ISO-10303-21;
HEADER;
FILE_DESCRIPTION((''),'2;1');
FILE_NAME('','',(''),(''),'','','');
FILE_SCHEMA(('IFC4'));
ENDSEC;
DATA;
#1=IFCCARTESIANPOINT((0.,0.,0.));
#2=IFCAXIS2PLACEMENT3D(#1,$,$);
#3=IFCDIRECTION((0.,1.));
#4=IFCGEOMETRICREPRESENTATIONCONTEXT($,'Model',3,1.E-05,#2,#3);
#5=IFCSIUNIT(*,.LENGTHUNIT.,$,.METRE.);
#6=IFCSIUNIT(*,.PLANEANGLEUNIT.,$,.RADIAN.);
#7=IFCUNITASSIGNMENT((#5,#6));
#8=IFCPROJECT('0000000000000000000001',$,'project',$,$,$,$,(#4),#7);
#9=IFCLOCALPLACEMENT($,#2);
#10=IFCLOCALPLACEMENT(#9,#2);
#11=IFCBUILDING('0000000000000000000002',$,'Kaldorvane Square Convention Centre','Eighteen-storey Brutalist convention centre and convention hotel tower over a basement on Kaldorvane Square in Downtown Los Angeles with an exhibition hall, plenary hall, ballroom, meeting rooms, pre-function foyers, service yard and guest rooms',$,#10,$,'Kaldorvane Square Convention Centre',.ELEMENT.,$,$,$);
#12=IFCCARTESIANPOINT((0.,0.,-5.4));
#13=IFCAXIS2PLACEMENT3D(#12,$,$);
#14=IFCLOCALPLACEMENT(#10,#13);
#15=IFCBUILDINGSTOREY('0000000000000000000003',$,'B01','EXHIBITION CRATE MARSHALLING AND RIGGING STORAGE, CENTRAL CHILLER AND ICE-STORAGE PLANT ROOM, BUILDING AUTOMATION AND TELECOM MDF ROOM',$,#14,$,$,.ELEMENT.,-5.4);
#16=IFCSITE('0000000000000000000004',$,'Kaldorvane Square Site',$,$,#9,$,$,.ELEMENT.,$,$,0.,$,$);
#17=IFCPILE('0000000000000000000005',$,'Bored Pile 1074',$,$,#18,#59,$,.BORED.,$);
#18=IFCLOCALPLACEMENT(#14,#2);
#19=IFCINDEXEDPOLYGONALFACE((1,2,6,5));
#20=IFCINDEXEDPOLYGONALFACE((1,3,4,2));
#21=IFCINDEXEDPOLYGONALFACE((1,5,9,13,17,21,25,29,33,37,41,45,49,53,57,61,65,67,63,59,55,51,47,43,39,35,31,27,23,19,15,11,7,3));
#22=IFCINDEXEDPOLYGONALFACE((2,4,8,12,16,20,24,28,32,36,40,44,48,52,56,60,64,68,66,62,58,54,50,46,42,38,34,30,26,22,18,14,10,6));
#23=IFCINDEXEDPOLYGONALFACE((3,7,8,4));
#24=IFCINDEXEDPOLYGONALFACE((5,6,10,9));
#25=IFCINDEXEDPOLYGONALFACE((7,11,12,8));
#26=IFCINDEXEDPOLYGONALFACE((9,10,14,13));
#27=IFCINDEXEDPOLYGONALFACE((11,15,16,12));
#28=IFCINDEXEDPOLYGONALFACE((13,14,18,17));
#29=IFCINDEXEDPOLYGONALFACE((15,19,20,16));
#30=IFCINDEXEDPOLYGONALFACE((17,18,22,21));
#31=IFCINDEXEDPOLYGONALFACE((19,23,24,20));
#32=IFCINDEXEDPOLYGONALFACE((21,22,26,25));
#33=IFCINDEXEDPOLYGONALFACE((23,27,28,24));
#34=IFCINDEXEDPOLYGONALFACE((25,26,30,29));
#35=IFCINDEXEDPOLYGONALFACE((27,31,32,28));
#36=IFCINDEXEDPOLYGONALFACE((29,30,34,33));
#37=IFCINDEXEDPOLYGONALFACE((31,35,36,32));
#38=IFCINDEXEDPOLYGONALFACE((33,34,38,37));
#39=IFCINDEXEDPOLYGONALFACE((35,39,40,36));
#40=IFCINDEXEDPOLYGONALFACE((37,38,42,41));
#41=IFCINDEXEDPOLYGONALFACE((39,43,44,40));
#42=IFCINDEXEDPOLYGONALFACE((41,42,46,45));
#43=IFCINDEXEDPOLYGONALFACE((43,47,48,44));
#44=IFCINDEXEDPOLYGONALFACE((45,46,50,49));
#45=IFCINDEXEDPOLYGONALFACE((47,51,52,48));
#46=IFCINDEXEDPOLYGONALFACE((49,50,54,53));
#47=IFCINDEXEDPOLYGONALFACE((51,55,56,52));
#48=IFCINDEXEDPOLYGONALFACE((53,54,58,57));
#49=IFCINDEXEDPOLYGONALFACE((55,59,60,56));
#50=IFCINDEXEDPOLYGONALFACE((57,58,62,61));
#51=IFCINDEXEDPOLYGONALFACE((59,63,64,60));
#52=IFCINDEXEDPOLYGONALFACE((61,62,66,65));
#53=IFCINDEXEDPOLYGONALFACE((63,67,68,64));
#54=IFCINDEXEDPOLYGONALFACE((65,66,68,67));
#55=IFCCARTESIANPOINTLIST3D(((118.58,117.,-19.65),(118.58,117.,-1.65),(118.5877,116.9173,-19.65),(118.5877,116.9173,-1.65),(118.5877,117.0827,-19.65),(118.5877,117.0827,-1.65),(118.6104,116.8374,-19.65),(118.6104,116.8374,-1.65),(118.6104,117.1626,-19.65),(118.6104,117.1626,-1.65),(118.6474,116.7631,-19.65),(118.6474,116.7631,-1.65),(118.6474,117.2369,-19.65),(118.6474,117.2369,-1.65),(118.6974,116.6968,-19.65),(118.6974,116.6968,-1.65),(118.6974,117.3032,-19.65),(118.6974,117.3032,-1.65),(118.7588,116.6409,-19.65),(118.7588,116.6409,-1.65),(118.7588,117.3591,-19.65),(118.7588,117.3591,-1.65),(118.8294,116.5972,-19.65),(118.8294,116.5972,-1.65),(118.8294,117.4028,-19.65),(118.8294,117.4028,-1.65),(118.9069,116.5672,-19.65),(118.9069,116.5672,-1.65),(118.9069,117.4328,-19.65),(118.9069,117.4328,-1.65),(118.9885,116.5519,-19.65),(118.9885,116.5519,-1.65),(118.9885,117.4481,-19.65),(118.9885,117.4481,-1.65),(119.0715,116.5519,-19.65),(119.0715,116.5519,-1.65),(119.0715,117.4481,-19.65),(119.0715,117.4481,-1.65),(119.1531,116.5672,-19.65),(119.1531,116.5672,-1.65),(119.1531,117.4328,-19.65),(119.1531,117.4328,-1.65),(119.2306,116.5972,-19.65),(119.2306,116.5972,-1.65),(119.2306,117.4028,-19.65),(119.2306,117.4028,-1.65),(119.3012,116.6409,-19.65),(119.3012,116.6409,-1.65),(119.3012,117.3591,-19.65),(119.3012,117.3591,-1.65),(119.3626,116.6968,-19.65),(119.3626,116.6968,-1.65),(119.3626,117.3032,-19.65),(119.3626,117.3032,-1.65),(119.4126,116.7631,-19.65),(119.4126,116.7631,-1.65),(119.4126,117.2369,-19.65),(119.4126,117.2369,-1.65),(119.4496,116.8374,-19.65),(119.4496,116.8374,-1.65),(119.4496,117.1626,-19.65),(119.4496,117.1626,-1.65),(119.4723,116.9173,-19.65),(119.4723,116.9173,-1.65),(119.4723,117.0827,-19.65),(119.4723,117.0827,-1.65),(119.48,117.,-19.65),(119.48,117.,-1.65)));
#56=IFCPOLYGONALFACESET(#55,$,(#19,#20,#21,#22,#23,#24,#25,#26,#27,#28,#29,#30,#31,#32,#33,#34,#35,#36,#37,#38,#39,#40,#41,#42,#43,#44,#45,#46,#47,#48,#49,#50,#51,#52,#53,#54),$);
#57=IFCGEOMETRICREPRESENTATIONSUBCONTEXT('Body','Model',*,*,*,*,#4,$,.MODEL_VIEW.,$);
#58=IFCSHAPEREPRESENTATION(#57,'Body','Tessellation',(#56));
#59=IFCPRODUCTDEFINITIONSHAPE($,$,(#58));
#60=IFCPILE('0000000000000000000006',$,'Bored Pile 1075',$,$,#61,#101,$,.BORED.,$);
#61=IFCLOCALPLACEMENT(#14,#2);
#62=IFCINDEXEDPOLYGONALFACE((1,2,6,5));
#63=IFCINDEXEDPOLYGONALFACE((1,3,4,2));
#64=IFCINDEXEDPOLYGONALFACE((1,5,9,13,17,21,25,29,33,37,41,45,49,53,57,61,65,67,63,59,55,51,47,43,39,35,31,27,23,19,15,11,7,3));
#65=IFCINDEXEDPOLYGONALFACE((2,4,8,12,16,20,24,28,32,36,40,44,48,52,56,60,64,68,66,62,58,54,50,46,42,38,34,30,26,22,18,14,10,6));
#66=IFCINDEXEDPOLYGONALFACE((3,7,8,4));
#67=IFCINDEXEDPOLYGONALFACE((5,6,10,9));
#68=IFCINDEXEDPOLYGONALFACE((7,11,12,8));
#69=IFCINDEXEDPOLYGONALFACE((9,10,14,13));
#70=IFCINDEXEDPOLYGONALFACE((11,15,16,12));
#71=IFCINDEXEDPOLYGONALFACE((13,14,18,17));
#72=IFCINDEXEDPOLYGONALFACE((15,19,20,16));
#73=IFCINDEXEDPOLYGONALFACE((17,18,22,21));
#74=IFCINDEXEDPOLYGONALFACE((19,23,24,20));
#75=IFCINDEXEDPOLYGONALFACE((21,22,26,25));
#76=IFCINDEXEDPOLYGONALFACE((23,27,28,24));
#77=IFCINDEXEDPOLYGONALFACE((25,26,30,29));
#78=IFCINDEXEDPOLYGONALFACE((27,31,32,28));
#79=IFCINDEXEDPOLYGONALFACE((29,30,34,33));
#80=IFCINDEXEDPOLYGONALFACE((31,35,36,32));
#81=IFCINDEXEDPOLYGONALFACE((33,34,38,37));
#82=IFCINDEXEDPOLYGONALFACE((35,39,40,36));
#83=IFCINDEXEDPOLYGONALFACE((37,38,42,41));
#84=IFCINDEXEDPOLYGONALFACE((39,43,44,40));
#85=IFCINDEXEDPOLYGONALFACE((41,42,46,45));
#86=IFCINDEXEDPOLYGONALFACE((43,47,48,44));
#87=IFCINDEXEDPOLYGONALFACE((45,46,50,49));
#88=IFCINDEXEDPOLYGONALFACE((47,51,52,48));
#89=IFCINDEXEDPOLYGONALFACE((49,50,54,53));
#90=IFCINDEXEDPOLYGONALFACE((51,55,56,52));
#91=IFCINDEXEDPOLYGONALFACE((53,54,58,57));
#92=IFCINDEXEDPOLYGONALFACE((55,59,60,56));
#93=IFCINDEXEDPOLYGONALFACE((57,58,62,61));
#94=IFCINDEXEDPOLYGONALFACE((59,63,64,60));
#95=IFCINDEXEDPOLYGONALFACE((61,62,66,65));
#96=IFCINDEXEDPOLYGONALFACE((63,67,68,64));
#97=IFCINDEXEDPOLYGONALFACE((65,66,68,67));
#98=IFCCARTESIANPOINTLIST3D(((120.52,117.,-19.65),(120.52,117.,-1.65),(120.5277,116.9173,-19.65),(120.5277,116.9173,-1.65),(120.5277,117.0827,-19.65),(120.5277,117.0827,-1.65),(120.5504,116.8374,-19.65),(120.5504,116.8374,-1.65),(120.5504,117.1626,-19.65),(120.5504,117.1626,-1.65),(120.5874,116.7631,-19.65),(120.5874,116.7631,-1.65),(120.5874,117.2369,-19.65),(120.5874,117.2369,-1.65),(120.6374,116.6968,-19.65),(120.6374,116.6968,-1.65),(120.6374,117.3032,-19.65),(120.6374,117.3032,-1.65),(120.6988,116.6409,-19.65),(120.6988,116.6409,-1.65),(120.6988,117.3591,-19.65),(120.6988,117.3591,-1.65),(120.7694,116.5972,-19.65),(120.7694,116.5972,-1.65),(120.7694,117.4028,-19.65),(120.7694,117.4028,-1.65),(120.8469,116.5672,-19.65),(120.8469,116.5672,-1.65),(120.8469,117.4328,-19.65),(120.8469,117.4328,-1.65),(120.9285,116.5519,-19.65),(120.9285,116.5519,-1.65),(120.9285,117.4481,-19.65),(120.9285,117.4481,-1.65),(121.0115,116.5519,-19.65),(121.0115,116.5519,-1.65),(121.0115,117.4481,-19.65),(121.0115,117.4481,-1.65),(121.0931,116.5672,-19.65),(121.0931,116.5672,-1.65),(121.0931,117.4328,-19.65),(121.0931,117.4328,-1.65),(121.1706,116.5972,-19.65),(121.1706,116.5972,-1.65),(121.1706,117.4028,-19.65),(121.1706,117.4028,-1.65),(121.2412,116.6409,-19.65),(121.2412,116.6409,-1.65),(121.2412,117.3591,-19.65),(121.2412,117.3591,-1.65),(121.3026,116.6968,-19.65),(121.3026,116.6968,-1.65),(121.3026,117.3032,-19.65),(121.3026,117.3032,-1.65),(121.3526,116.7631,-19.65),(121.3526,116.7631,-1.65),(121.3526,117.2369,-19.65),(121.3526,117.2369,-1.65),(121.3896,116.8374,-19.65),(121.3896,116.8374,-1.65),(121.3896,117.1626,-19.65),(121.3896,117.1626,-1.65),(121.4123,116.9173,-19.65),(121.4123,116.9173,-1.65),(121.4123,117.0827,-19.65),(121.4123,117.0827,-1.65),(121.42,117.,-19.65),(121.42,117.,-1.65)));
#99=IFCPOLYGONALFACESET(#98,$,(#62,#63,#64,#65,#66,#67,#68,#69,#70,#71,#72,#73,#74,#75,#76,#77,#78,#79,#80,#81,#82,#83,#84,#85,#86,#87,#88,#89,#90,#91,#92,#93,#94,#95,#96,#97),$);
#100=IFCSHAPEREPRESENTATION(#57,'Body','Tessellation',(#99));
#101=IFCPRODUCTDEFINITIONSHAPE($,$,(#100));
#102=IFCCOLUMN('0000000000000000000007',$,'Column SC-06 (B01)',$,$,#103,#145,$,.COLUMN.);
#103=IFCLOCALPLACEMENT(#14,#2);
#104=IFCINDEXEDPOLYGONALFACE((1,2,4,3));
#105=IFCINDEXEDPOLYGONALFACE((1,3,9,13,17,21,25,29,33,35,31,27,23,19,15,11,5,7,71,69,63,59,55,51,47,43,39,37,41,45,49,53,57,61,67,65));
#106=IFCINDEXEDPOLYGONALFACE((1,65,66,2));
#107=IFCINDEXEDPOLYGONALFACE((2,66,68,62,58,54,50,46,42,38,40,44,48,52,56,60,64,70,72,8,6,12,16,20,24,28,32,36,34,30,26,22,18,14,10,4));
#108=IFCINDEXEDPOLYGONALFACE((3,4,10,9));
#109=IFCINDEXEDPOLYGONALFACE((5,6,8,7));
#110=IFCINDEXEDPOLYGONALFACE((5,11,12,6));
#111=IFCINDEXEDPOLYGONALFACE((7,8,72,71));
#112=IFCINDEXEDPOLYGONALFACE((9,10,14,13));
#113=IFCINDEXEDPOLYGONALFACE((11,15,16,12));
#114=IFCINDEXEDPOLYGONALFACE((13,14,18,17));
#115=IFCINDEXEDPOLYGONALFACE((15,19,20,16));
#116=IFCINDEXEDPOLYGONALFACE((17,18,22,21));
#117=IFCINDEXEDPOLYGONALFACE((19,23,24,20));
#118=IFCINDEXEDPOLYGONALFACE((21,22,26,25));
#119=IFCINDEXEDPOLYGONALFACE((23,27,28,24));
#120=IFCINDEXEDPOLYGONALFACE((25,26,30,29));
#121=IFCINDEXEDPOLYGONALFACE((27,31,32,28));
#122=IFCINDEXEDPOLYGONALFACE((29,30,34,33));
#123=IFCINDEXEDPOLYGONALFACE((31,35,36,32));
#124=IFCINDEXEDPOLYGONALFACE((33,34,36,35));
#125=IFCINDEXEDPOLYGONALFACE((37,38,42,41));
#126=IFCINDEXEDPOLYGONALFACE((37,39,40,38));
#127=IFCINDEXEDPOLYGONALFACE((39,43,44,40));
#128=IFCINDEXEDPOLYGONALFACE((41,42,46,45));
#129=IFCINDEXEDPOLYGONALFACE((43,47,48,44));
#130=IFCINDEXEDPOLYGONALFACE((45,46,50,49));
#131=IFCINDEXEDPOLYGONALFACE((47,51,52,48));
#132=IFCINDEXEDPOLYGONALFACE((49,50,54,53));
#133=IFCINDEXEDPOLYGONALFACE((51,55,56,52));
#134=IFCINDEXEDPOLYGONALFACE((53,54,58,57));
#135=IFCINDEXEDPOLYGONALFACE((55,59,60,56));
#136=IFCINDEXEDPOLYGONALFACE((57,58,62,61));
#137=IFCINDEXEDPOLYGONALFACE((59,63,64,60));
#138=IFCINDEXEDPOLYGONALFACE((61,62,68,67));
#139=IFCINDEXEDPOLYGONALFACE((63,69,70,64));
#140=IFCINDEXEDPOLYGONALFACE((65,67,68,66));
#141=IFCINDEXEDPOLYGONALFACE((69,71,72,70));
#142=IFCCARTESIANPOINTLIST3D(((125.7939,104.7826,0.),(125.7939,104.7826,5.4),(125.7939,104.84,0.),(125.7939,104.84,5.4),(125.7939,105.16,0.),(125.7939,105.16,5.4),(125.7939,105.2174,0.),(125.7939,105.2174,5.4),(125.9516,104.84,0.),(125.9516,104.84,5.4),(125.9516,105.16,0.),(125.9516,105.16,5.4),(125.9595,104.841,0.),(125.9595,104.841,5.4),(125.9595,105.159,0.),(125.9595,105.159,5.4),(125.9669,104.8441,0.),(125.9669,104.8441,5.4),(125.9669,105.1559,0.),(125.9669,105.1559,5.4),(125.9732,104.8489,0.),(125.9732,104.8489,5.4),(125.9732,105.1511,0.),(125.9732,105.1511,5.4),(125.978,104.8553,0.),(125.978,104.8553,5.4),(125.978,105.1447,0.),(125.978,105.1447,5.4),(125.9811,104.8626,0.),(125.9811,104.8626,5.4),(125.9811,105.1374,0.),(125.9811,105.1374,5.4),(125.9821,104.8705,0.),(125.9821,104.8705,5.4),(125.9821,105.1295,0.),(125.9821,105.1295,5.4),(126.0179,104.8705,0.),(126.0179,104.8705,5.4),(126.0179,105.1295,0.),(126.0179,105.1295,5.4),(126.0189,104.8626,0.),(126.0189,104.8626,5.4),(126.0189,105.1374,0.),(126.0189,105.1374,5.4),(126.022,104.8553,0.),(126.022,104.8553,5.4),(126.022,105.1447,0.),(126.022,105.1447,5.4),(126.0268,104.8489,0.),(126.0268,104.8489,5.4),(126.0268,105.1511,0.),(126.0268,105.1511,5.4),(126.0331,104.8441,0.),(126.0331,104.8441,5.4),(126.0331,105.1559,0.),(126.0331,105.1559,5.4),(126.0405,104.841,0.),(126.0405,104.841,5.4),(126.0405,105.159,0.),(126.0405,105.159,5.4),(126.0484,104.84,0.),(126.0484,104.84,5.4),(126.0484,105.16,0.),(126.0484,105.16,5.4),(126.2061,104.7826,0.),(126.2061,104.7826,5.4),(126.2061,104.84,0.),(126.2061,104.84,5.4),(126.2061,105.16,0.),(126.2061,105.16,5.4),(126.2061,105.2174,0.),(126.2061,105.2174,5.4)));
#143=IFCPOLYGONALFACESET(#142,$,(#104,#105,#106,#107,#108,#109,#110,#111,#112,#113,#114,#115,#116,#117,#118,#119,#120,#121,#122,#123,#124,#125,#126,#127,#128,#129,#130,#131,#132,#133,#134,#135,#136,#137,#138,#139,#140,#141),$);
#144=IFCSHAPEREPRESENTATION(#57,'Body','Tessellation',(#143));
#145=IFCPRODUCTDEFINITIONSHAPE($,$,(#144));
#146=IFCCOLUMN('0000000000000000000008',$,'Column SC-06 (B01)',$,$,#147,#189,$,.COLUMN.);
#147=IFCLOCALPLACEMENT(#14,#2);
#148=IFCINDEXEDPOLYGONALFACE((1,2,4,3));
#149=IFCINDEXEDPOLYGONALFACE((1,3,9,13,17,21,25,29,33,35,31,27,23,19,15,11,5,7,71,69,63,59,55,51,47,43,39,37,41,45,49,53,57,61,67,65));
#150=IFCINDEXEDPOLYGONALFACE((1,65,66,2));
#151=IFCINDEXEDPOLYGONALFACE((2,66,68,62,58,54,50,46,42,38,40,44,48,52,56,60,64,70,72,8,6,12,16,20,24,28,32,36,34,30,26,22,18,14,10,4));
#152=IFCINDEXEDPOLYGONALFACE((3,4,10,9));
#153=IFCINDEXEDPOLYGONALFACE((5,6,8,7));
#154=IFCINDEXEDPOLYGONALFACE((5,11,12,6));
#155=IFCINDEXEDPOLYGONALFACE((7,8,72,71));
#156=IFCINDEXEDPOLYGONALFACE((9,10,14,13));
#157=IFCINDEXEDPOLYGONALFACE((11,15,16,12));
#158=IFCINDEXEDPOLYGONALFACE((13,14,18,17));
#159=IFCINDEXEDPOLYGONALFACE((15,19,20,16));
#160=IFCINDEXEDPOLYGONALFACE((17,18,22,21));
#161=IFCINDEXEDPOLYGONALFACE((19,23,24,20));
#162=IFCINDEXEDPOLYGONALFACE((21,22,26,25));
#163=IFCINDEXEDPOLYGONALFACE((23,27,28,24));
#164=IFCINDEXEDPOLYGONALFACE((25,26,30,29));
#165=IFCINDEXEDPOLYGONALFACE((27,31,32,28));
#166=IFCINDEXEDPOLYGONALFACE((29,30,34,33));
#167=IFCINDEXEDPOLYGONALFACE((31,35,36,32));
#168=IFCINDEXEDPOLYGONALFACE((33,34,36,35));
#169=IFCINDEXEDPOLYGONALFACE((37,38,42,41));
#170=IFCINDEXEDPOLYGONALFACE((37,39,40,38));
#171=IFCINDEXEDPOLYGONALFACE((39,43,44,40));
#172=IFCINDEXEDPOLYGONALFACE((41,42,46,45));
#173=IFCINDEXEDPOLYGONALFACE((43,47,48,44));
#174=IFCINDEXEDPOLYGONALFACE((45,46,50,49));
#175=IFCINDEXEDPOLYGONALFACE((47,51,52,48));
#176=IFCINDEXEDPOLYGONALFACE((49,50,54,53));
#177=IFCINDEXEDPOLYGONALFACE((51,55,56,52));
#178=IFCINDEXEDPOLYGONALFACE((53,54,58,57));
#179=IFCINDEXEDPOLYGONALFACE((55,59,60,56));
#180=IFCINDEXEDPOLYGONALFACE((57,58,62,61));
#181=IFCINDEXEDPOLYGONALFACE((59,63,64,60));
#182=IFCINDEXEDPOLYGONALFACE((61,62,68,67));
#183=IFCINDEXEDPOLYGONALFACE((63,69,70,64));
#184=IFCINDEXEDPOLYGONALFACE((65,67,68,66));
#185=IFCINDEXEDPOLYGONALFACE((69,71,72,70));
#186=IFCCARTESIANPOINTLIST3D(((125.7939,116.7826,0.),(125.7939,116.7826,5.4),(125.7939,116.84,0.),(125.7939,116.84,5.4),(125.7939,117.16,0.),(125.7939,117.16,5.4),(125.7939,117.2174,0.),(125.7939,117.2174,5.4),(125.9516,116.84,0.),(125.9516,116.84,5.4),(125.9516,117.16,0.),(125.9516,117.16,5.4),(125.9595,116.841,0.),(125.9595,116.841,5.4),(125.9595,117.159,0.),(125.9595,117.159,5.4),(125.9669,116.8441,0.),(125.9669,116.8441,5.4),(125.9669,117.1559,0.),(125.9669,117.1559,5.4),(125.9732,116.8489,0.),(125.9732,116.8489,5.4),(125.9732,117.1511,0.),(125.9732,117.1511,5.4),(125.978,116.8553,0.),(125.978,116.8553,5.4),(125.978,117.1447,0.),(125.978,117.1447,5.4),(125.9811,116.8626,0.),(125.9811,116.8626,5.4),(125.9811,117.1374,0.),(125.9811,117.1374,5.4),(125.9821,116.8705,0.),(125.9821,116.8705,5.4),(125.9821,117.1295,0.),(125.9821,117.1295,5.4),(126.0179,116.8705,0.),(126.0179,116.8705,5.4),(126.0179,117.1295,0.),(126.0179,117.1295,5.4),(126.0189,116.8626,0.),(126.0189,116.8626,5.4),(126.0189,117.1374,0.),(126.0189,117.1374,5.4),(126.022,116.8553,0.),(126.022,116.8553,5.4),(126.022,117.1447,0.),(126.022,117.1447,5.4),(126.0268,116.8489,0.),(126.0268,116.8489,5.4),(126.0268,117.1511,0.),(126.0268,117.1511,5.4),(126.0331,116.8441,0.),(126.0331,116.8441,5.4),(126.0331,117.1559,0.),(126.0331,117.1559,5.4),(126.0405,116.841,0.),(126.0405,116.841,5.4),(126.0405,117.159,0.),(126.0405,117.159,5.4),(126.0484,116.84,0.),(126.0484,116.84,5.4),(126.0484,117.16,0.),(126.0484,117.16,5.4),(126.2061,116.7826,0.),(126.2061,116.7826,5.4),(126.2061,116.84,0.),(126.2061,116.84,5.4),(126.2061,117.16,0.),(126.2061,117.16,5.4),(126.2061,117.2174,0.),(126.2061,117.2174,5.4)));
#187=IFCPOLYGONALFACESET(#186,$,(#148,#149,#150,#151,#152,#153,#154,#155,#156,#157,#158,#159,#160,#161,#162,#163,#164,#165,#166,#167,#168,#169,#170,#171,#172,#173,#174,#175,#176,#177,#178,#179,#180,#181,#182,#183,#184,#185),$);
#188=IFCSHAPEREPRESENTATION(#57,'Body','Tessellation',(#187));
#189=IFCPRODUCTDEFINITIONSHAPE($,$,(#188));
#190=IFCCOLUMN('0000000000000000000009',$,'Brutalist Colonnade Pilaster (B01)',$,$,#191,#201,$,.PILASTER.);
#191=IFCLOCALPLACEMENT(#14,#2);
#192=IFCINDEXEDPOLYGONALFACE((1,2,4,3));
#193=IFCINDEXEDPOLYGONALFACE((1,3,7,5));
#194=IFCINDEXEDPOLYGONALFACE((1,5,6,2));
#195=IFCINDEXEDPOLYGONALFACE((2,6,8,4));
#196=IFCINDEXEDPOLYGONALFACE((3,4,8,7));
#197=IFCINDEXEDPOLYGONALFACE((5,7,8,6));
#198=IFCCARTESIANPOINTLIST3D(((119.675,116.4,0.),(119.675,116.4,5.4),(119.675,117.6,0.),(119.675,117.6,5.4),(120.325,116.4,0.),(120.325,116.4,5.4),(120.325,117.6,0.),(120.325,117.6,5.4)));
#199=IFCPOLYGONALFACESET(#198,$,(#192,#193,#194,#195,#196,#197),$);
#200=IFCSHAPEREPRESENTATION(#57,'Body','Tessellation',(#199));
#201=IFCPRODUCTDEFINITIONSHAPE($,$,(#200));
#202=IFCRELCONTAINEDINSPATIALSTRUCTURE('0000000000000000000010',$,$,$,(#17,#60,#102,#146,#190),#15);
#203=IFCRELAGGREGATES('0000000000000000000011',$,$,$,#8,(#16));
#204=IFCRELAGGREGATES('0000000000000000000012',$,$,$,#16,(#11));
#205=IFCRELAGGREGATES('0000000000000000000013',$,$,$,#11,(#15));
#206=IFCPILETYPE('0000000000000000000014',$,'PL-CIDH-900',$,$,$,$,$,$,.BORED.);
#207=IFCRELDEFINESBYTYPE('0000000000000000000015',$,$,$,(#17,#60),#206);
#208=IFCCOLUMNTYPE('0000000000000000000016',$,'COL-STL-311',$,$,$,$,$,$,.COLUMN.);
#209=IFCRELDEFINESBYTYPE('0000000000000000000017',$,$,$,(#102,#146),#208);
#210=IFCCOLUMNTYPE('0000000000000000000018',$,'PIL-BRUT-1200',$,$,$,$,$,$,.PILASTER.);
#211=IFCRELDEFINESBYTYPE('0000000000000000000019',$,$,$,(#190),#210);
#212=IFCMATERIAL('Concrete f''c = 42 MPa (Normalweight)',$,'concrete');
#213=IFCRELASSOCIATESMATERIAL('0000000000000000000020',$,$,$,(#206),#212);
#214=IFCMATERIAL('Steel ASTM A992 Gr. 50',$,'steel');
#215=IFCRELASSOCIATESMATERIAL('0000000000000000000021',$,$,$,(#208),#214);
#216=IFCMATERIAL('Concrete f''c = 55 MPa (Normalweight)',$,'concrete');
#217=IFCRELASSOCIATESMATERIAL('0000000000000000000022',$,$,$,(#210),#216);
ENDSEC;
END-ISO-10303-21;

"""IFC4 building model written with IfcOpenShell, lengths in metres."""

from ifc_helpers import new_model, si_unit, direction, frame, origin, origin_2d, place, context, subcontext, project, spatial, rectangle, circle, i_section, extrude, material, material_profile, profile_set, type_object, element, save


model = new_model("IFC4")

# Units and contexts
model_context = context("Model", 3, precision=1e-05, world=origin(), true_north=direction((0.0, 1.0)))
body_context = subcontext(model_context, "Body", "Model", "MODEL_VIEW")
ifc_project = project(units=[si_unit("LENGTHUNIT", "METRE"), si_unit("PLANEANGLEUNIT", "RADIAN")], contexts=[model_context])

# Site, building, storey
site_placement = place(None, origin())
site = spatial("IfcSite", under=ifc_project, at=site_placement, Name="Kaldorvane Square Site", CompositionType="ELEMENT", RefElevation=0.0)
building_placement = place(site_placement, origin())
building = spatial("IfcBuilding", under=site, at=building_placement, Name="Kaldorvane Square Convention Centre", Description="Eighteen-storey Brutalist convention centre and convention hotel tower over a basement on Kaldorvane Square in Downtown Los Angeles with an exhibition hall, plenary hall, ballroom, meeting rooms, pre-function foyers, service yard and guest rooms", LongName="Kaldorvane Square Convention Centre", CompositionType="ELEMENT")
storey_placement = place(building_placement, frame((0.0, 0.0, -5.4)))
storey = spatial("IfcBuildingStorey", under=building, at=storey_placement, Name="B01", Description="EXHIBITION CRATE MARSHALLING AND RIGGING STORAGE, CENTRAL CHILLER AND ICE-STORAGE PLANT ROOM, BUILDING AUTOMATION AND TELECOM MDF ROOM", CompositionType="ELEMENT", Elevation=-5.4)

# Shared definitions
ifc_material_1 = material(Name="Concrete f'c = 42 MPa (Normalweight)", Category="concrete")

# Piles
ifc_material_profile_1 = material_profile(ifc_material_1, circle(Radius=0.45, at=origin_2d()), Name="PILE-D900")
ifc_profile_set_1 = profile_set([ifc_material_profile_1], Name="Concrete f'c = 42 MPa (Normalweight)")
pile_type = type_object("IfcPileType", Name="PL-CIDH-900", PredefinedType="BORED", material=ifc_profile_set_1)
for number, where, z_axis, x_axis, name in (
    (1, (119.03, 117.0, -1.65), (0.0, 0.0, -1.0), (1.0, 0.0, 0.0), "Bored Pile 1074"),
    (2, (120.97, 117.0, -1.65), (0.0, 0.0, -1.0), (1.0, 0.0, 0.0), "Bored Pile 1075"),
):
    element("IfcPile", number, at=place(storey_placement, frame(where, z_axis=z_axis, x_axis=x_axis)), inside=storey, type_object=pile_type, Name=name, PredefinedType="BORED", context=body_context, shape_type="SweptSolid", body=[
        extrude(circle(Radius=0.45, at=origin_2d()), origin(), (0.0, 0.0, 1.0), 18.0),
    ])

# Columns
ifc_material_2 = material(Name="Steel ASTM A992 Gr. 50", Category="steel")
ifc_material_profile_2 = material_profile(ifc_material_2, i_section(OverallWidth=0.4122, OverallDepth=0.4348, WebThickness=0.0358, FlangeThickness=0.0574, FilletRadius=0.0305, at=origin_2d()), Name="W14X311")
ifc_profile_set_2 = profile_set([ifc_material_profile_2], Name="Steel ASTM A992 Gr. 50")
column_type_1 = type_object("IfcColumnType", Name="COL-STL-311", PredefinedType="COLUMN", material=ifc_profile_set_2)
for number, where, z_axis, x_axis, name in (
    (3, (126.0, 105.0, 0.0), (0.0, 0.0, 1.0), (1.0, 0.0, 0.0), "Column SC-06 (B01)"),
    (4, (126.0, 117.0, 0.0), (0.0, 0.0, 1.0), (1.0, 0.0, 0.0), "Column SC-06 (B01)"),
):
    element("IfcColumn", number, at=place(storey_placement, frame(where, z_axis=z_axis, x_axis=x_axis)), inside=storey, type_object=column_type_1, Name=name, PredefinedType="COLUMN", context=body_context, shape_type="SweptSolid", body=[
        extrude(i_section(OverallWidth=0.4122, OverallDepth=0.4348, WebThickness=0.0358, FlangeThickness=0.0574, FilletRadius=0.0305, at=origin_2d()), origin(), (0.0, 0.0, 1.0), 5.4),
    ])
ifc_material_3 = material(Name="Concrete f'c = 55 MPa (Normalweight)", Category="concrete")
ifc_material_profile_3 = material_profile(ifc_material_3, rectangle(XDim=0.65, YDim=1.2, at=origin_2d()), Name="PIL1200X650")
ifc_profile_set_3 = profile_set([ifc_material_profile_3], Name="Concrete f'c = 55 MPa (Normalweight)")
column_type_2 = type_object("IfcColumnType", Name="PIL-BRUT-1200", PredefinedType="PILASTER", material=ifc_profile_set_3)
column_placement = place(storey_placement, frame((120.0, 117.0, 0.0), z_axis=(0.0, 0.0, 1.0), x_axis=(1.0, 0.0, 0.0)))
element("IfcColumn", 5, at=column_placement, inside=storey, type_object=column_type_2, Name="Brutalist Colonnade Pilaster (B01)", PredefinedType="PILASTER", context=body_context, shape_type="SweptSolid", body=[
    extrude(rectangle(XDim=0.65, YDim=1.2, at=origin_2d()), origin(), (0.0, 0.0, 1.0), 5.4),
])

save(model, "model.ifc")
